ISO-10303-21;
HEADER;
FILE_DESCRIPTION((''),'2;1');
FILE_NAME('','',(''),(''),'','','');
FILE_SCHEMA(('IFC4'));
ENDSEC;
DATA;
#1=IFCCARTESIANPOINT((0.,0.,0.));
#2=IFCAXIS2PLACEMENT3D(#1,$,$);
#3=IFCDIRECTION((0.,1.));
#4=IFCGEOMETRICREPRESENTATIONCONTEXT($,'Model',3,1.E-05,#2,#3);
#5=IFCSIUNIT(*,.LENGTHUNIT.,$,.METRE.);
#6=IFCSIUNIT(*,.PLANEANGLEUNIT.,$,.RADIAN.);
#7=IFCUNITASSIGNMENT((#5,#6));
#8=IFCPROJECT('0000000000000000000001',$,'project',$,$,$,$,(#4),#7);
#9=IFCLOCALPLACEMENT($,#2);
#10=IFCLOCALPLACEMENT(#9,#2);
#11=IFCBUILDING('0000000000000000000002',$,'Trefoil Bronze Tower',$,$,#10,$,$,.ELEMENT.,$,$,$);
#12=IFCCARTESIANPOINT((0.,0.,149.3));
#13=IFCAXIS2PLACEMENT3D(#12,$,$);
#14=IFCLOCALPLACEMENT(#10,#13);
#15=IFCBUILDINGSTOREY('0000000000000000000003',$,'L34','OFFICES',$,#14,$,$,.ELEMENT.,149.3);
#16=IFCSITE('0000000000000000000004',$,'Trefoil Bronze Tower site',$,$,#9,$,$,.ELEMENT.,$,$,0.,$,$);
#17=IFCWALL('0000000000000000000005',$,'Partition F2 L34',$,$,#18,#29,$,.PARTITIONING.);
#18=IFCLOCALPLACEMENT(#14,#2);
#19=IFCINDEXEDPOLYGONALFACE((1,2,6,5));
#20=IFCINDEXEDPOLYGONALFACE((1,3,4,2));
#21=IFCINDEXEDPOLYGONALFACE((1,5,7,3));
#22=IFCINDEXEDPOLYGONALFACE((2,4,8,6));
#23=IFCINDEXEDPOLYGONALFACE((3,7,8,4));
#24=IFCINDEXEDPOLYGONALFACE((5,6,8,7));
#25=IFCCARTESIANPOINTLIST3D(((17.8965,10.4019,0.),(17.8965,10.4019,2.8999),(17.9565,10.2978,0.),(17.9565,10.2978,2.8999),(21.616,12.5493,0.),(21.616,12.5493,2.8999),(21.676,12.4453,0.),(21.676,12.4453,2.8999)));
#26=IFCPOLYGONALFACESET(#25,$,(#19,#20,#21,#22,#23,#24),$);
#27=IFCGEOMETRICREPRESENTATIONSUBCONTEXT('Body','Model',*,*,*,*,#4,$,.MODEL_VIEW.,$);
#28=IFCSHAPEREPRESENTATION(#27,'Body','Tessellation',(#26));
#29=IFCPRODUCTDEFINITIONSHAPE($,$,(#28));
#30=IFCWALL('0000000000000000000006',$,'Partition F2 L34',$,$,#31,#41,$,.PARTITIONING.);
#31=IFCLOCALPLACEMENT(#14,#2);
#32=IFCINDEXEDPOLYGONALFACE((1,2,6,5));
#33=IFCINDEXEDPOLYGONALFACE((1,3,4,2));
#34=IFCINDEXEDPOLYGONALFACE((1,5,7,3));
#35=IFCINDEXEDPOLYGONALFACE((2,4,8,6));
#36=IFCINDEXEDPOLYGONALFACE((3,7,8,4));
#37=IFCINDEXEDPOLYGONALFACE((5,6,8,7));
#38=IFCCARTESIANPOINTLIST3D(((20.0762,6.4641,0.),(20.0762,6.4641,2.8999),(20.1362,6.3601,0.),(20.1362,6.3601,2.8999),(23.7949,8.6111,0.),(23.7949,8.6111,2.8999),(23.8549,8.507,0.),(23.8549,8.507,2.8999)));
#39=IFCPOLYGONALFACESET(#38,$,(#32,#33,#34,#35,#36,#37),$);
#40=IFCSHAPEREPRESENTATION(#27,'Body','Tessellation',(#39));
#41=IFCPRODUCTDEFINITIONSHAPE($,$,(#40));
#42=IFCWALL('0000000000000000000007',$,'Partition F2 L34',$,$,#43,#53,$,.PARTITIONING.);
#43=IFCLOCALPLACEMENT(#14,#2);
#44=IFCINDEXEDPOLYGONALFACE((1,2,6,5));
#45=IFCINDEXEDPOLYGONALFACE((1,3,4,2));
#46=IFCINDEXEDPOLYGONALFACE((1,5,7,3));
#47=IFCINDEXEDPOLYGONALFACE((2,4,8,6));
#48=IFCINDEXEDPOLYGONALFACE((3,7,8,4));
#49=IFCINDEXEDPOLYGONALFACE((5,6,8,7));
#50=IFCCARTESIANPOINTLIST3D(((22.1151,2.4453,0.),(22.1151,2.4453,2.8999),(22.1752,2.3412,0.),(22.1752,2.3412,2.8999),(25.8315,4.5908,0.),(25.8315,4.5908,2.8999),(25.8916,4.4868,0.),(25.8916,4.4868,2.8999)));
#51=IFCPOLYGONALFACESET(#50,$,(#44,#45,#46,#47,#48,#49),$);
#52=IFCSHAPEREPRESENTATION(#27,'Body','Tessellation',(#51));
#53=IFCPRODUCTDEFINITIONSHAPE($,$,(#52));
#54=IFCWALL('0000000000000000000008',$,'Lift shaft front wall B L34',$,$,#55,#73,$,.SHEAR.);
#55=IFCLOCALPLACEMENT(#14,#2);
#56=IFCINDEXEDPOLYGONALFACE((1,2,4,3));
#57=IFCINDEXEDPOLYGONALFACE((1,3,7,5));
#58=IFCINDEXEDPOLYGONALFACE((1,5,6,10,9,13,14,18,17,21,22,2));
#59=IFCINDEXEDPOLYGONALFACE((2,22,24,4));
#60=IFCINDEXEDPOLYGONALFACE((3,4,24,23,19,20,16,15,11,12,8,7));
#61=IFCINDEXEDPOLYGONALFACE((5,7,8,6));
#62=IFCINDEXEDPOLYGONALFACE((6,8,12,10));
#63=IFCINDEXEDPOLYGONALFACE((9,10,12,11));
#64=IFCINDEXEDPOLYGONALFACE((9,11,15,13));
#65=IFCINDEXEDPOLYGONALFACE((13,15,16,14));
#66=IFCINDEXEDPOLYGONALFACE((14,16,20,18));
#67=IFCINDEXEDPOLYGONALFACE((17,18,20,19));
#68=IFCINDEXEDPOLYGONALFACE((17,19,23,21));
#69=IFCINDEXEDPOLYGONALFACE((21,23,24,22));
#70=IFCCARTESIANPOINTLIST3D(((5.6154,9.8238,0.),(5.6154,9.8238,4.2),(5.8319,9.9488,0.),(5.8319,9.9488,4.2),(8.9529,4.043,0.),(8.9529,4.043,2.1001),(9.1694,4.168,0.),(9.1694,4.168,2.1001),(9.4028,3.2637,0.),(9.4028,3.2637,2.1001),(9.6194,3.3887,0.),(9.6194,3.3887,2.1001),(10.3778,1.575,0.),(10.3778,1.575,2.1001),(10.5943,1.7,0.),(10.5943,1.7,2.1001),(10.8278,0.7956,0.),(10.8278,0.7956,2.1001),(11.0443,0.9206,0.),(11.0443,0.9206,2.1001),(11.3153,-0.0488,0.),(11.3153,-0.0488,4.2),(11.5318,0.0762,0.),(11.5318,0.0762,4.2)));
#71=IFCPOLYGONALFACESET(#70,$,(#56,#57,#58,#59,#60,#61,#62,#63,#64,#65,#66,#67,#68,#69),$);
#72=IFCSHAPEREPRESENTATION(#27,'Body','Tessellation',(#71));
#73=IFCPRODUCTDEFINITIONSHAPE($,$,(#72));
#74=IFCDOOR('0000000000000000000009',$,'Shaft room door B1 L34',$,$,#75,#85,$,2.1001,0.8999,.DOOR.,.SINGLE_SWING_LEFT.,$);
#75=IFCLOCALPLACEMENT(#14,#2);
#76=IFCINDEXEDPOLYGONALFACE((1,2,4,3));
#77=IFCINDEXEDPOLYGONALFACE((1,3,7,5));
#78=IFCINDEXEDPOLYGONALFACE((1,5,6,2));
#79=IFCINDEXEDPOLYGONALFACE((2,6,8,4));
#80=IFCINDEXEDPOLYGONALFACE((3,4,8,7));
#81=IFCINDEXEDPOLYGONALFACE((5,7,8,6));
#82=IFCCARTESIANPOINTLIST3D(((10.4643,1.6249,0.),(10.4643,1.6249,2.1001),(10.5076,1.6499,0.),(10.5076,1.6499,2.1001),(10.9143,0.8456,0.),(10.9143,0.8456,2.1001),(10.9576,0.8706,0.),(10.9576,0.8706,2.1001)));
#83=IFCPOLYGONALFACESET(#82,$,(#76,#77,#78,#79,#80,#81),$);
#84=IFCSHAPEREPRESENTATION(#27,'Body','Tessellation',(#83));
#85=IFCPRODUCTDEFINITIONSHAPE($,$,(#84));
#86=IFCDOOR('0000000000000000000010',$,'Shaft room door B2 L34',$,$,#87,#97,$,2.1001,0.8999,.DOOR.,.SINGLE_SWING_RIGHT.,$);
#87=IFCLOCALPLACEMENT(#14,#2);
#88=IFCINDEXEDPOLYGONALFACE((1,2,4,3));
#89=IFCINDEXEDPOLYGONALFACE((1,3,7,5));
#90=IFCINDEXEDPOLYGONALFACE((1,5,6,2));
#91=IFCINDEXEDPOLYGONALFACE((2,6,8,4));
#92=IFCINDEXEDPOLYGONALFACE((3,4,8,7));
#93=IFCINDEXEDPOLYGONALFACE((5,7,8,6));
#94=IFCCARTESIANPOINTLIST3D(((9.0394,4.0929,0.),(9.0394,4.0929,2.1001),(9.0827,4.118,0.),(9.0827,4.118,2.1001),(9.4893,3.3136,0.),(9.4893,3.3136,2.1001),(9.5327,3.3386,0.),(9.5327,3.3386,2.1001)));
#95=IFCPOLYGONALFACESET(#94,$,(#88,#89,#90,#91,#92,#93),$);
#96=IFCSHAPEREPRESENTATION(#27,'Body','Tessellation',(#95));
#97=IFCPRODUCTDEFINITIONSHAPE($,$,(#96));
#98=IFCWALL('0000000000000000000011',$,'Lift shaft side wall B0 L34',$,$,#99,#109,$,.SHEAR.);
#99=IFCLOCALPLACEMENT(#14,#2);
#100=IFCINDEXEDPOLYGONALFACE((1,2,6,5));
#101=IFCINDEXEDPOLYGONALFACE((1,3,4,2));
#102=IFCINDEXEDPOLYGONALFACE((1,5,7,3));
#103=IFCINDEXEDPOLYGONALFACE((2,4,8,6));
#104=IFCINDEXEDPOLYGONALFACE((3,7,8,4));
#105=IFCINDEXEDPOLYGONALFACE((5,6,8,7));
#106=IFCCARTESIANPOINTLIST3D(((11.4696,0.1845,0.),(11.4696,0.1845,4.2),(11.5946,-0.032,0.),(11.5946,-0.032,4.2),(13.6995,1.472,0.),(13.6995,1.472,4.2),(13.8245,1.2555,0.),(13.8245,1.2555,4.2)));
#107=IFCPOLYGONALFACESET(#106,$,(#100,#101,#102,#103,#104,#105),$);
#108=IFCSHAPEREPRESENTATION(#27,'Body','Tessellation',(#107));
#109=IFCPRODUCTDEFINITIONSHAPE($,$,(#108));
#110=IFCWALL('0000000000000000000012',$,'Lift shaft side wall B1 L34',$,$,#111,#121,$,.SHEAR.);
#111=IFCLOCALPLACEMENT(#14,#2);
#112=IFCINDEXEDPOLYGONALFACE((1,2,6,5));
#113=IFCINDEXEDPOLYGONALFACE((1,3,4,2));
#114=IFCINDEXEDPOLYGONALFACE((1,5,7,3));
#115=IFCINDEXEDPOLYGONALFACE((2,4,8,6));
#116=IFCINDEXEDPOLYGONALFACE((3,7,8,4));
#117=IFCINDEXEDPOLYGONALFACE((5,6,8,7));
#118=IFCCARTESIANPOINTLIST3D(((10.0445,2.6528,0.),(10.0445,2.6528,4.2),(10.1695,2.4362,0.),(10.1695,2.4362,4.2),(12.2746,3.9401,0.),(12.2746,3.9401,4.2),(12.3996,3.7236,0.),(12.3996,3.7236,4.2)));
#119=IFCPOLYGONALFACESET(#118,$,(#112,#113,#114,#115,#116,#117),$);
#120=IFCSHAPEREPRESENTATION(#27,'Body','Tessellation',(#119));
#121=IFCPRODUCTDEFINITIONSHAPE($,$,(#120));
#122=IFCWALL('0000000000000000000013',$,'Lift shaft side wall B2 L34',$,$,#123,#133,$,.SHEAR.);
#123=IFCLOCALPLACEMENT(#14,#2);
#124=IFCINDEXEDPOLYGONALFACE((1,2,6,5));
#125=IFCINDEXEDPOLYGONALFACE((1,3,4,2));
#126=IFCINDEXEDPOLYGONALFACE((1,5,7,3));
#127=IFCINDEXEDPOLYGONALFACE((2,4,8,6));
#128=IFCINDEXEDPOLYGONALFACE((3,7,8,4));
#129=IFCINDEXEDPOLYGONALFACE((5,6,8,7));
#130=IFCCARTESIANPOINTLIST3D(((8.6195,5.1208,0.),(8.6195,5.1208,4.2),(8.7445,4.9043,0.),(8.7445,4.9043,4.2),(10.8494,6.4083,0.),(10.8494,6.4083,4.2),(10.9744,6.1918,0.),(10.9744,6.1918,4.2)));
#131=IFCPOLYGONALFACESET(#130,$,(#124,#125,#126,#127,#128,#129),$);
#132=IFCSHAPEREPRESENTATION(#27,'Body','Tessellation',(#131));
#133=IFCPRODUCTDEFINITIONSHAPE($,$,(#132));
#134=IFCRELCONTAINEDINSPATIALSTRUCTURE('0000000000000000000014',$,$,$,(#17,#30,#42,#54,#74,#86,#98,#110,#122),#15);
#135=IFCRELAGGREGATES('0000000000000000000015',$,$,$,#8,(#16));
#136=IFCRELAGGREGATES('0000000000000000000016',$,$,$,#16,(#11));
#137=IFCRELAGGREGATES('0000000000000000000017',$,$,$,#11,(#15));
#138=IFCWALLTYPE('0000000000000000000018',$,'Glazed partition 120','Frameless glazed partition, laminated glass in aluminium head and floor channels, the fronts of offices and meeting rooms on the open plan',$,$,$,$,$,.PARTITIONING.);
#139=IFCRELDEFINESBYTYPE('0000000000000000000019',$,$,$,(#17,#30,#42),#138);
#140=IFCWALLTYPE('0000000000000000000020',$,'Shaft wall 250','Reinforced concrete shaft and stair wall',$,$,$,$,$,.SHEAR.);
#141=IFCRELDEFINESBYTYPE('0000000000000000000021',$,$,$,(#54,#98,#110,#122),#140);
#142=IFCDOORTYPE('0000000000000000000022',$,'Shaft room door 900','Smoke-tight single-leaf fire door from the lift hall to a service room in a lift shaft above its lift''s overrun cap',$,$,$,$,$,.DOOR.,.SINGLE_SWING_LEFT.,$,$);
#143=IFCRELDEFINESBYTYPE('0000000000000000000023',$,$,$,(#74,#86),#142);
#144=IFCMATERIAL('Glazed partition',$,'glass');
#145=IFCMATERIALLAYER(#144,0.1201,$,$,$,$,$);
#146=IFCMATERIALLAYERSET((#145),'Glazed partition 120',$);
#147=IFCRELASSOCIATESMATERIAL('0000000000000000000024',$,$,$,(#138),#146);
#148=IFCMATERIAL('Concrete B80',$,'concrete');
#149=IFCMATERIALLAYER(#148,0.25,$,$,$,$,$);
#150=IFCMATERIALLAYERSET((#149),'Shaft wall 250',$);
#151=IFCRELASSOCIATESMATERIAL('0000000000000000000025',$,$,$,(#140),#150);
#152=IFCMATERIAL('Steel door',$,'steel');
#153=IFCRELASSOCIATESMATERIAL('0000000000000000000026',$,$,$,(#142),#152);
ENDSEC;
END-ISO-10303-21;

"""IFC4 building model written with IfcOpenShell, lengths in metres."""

from ifc_helpers import new_model, si_unit, direction, frame, frame_2d, origin, place, context, subcontext, project, spatial, rectangle, extrude, material, layer, layer_set, type_object, element, fill, save


model = new_model("IFC4")

# Units and contexts
model_context = context("Model", 3, precision=1e-05, world=origin(), true_north=direction((0.0, 1.0)))
body_context = subcontext(model_context, "Body", "Model", "MODEL_VIEW")
ifc_project = project(units=[si_unit("LENGTHUNIT", "METRE"), si_unit("PLANEANGLEUNIT", "RADIAN")], contexts=[model_context])

# Site, building, storey
site_placement = place(None, origin())
site = spatial("IfcSite", under=ifc_project, at=site_placement, Name="Trefoil Bronze Tower site", CompositionType="ELEMENT", RefElevation=0.0)
building_placement = place(site_placement, origin())
building = spatial("IfcBuilding", under=site, at=building_placement, Name="Trefoil Bronze Tower", CompositionType="ELEMENT")
storey_placement = place(building_placement, frame((0.0, 0.0, 149.3)))
storey = spatial("IfcBuildingStorey", under=building, at=storey_placement, Name="L34", Description="OFFICES", CompositionType="ELEMENT", Elevation=149.3)

# Shared definitions
ifc_material_1 = material(Name="Glazed partition", Category="glass")
ifc_layer_1 = layer(ifc_material_1, 0.1201)
ifc_layer_set_1 = layer_set([ifc_layer_1], Name="Glazed partition 120")
wall_type_1 = type_object("IfcWallType", Name="Glazed partition 120", Description="Frameless glazed partition, laminated glass in aluminium head and floor channels, the fronts of offices and meeting rooms on the open plan", PredefinedType="PARTITIONING", material=ifc_layer_set_1)

# Walls
wall_1_placement = place(storey_placement, frame((17.9265, 10.3499, 0.0), z_axis=(0.0, 0.0, 1.0), x_axis=(0.866024, 0.500003, 0.0)))
element("IfcWall", 1, at=wall_1_placement, inside=storey, type_object=wall_type_1, Name="Partition F2 L34", PredefinedType="PARTITIONING", context=body_context, shape_type="SweptSolid", body=[
    extrude(rectangle(XDim=4.2949, YDim=0.1201, at=frame_2d((2.1475, 0.0))), origin(), (0.0, 0.0, 1.0), 2.8999),
])
wall_2_placement = place(storey_placement, frame((20.1062, 6.4121, 0.0), z_axis=(0.0, 0.0, 1.0), x_axis=(0.86603, 0.499992, 0.0)))
element("IfcWall", 2, at=wall_2_placement, inside=storey, type_object=wall_type_1, Name="Partition F2 L34", PredefinedType="PARTITIONING", context=body_context, shape_type="SweptSolid", body=[
    extrude(rectangle(XDim=4.2939, YDim=0.1201, at=frame_2d((2.147, 0.0))), origin(), (0.0, 0.0, 1.0), 2.8999),
])
wall_3_placement = place(storey_placement, frame((22.1453, 2.3933, 0.0), z_axis=(0.0, 0.0, 1.0), x_axis=(0.866036, 0.499982, 0.0)))
element("IfcWall", 3, at=wall_3_placement, inside=storey, type_object=wall_type_1, Name="Partition F2 L34", PredefinedType="PARTITIONING", context=body_context, shape_type="SweptSolid", body=[
    extrude(rectangle(XDim=4.2913, YDim=0.1201, at=frame_2d((2.1455, 0.0))), origin(), (0.0, 0.0, 1.0), 2.8999),
])

# Wall, openings, doors
ifc_material_2 = material(Name="Concrete B80", Category="concrete")
ifc_layer_2 = layer(ifc_material_2, 0.25)
ifc_layer_set_2 = layer_set([ifc_layer_2], Name="Shaft wall 250")
wall_type_2 = type_object("IfcWallType", Name="Shaft wall 250", Description="Reinforced concrete shaft and stair wall", PredefinedType="SHEAR", material=ifc_layer_set_2)
wall_4_placement = place(storey_placement, frame((11.4236, 0.0137, 0.0), z_axis=(0.0, 0.0, 1.0), x_axis=(-0.500002, 0.866024, 0.0)))
wall_4 = element("IfcWall", 4, at=wall_4_placement, inside=storey, type_object=wall_type_2, Name="Lift shaft front wall B L34", PredefinedType="SHEAR", context=body_context, shape_type="SweptSolid", body=[
    extrude(rectangle(XDim=11.3999, YDim=0.25, at=frame_2d((5.7, 0.0))), origin(), (0.0, 0.0, 1.0), 4.2),
])
opening_1_placement = place(wall_4_placement, frame((0.9751, 0.0, 0.0)))
opening_1 = element("IfcOpeningElement", 5, at=opening_1_placement, cuts=wall_4, PredefinedType="OPENING", context=body_context, shape_type="SweptSolid", body=[
    extrude(rectangle(XDim=0.8999, YDim=2.1001, at=frame_2d((0.45, 1.05))), frame((0.0, 0.135, 0.0), z_axis=(0.0, -1.0, 0.0), x_axis=(1.0, 0.0, 0.0)), (0.0, 0.0, 1.0), 0.27),
])
opening_2_placement = place(wall_4_placement, frame((3.825, 0.0, 0.0)))
opening_2 = element("IfcOpeningElement", 6, at=opening_2_placement, cuts=wall_4, PredefinedType="OPENING", context=body_context, shape_type="SweptSolid", body=[
    extrude(rectangle(XDim=0.8999, YDim=2.1001, at=frame_2d((0.45, 1.05))), frame((0.0, 0.135, 0.0), z_axis=(0.0, -1.0, 0.0), x_axis=(1.0, 0.0, 0.0)), (0.0, 0.0, 1.0), 0.27),
])
ifc_material_3 = material(Name="Steel door", Category="steel")
door_type_1 = type_object("IfcDoorType", Name="Shaft room door 900", Description="Smoke-tight single-leaf fire door from the lift hall to a service room in a lift shaft above its lift's overrun cap", OperationType="SINGLE_SWING_LEFT", PredefinedType="DOOR", material=ifc_material_3)
door_1_placement = place(opening_1_placement, frame((0.8999, 0.0, 0.0), z_axis=(0.0, 0.0, 1.0), x_axis=(-1.0, 0.0, 0.0)))
door_1 = element("IfcDoor", 7, at=door_1_placement, inside=storey, type_object=door_type_1, Name="Shaft room door B1 L34", OperationType="SINGLE_SWING_LEFT", OverallHeight=2.1001, OverallWidth=0.8999, PredefinedType="DOOR", context=body_context, shape_type="SweptSolid", body=[
    extrude(rectangle(XDim=0.8999, YDim=2.1001, at=frame_2d((0.45, 1.05))), frame((0.0, 0.0249, 0.0), z_axis=(0.0, -1.0, 0.0), x_axis=(1.0, 0.0, 0.0)), (0.0, 0.0, 1.0), 0.05),
])
fill(opening_1, door_1)
door_2_placement = place(opening_2_placement, frame((0.8999, 0.0, 0.0), z_axis=(0.0, 0.0, 1.0), x_axis=(-1.0, 0.0, 0.0)))
door_2 = element("IfcDoor", 8, at=door_2_placement, inside=storey, type_object=door_type_1, Name="Shaft room door B2 L34", OperationType="SINGLE_SWING_RIGHT", OverallHeight=2.1001, OverallWidth=0.8999, PredefinedType="DOOR", context=body_context, shape_type="SweptSolid", body=[
    extrude(rectangle(XDim=0.8999, YDim=2.1001, at=frame_2d((0.45, 1.05))), frame((0.0, 0.0249, 0.0), z_axis=(0.0, -1.0, 0.0), x_axis=(1.0, 0.0, 0.0)), (0.0, 0.0, 1.0), 0.05),
])
fill(opening_2, door_2)

# Walls
for number, where, z_axis, x_axis, name in (
    (9, (11.532, 0.0762, 0.0), (0.0, 0.0, 1.0), (0.866006, 0.500034, 0.0), "Lift shaft side wall B0 L34"),
    (10, (10.1069, 2.5444, 0.0), (0.0, 0.0, 1.0), (0.866047, 0.499963, 0.0), "Lift shaft side wall B1 L34"),
    (11, (8.6819, 5.0125, 0.0), (0.0, 0.0, 1.0), (0.866006, 0.500034, 0.0), "Lift shaft side wall B2 L34"),
):
    element("IfcWall", number, at=place(storey_placement, frame(where, z_axis=z_axis, x_axis=x_axis)), inside=storey, type_object=wall_type_2, Name=name, PredefinedType="SHEAR", context=body_context, shape_type="SweptSolid", body=[
        extrude(rectangle(XDim=2.575, YDim=0.25, at=frame_2d((1.2876, 0.0))), origin(), (0.0, 0.0, 1.0), 4.2),
    ])

save(model, "model.ifc")
